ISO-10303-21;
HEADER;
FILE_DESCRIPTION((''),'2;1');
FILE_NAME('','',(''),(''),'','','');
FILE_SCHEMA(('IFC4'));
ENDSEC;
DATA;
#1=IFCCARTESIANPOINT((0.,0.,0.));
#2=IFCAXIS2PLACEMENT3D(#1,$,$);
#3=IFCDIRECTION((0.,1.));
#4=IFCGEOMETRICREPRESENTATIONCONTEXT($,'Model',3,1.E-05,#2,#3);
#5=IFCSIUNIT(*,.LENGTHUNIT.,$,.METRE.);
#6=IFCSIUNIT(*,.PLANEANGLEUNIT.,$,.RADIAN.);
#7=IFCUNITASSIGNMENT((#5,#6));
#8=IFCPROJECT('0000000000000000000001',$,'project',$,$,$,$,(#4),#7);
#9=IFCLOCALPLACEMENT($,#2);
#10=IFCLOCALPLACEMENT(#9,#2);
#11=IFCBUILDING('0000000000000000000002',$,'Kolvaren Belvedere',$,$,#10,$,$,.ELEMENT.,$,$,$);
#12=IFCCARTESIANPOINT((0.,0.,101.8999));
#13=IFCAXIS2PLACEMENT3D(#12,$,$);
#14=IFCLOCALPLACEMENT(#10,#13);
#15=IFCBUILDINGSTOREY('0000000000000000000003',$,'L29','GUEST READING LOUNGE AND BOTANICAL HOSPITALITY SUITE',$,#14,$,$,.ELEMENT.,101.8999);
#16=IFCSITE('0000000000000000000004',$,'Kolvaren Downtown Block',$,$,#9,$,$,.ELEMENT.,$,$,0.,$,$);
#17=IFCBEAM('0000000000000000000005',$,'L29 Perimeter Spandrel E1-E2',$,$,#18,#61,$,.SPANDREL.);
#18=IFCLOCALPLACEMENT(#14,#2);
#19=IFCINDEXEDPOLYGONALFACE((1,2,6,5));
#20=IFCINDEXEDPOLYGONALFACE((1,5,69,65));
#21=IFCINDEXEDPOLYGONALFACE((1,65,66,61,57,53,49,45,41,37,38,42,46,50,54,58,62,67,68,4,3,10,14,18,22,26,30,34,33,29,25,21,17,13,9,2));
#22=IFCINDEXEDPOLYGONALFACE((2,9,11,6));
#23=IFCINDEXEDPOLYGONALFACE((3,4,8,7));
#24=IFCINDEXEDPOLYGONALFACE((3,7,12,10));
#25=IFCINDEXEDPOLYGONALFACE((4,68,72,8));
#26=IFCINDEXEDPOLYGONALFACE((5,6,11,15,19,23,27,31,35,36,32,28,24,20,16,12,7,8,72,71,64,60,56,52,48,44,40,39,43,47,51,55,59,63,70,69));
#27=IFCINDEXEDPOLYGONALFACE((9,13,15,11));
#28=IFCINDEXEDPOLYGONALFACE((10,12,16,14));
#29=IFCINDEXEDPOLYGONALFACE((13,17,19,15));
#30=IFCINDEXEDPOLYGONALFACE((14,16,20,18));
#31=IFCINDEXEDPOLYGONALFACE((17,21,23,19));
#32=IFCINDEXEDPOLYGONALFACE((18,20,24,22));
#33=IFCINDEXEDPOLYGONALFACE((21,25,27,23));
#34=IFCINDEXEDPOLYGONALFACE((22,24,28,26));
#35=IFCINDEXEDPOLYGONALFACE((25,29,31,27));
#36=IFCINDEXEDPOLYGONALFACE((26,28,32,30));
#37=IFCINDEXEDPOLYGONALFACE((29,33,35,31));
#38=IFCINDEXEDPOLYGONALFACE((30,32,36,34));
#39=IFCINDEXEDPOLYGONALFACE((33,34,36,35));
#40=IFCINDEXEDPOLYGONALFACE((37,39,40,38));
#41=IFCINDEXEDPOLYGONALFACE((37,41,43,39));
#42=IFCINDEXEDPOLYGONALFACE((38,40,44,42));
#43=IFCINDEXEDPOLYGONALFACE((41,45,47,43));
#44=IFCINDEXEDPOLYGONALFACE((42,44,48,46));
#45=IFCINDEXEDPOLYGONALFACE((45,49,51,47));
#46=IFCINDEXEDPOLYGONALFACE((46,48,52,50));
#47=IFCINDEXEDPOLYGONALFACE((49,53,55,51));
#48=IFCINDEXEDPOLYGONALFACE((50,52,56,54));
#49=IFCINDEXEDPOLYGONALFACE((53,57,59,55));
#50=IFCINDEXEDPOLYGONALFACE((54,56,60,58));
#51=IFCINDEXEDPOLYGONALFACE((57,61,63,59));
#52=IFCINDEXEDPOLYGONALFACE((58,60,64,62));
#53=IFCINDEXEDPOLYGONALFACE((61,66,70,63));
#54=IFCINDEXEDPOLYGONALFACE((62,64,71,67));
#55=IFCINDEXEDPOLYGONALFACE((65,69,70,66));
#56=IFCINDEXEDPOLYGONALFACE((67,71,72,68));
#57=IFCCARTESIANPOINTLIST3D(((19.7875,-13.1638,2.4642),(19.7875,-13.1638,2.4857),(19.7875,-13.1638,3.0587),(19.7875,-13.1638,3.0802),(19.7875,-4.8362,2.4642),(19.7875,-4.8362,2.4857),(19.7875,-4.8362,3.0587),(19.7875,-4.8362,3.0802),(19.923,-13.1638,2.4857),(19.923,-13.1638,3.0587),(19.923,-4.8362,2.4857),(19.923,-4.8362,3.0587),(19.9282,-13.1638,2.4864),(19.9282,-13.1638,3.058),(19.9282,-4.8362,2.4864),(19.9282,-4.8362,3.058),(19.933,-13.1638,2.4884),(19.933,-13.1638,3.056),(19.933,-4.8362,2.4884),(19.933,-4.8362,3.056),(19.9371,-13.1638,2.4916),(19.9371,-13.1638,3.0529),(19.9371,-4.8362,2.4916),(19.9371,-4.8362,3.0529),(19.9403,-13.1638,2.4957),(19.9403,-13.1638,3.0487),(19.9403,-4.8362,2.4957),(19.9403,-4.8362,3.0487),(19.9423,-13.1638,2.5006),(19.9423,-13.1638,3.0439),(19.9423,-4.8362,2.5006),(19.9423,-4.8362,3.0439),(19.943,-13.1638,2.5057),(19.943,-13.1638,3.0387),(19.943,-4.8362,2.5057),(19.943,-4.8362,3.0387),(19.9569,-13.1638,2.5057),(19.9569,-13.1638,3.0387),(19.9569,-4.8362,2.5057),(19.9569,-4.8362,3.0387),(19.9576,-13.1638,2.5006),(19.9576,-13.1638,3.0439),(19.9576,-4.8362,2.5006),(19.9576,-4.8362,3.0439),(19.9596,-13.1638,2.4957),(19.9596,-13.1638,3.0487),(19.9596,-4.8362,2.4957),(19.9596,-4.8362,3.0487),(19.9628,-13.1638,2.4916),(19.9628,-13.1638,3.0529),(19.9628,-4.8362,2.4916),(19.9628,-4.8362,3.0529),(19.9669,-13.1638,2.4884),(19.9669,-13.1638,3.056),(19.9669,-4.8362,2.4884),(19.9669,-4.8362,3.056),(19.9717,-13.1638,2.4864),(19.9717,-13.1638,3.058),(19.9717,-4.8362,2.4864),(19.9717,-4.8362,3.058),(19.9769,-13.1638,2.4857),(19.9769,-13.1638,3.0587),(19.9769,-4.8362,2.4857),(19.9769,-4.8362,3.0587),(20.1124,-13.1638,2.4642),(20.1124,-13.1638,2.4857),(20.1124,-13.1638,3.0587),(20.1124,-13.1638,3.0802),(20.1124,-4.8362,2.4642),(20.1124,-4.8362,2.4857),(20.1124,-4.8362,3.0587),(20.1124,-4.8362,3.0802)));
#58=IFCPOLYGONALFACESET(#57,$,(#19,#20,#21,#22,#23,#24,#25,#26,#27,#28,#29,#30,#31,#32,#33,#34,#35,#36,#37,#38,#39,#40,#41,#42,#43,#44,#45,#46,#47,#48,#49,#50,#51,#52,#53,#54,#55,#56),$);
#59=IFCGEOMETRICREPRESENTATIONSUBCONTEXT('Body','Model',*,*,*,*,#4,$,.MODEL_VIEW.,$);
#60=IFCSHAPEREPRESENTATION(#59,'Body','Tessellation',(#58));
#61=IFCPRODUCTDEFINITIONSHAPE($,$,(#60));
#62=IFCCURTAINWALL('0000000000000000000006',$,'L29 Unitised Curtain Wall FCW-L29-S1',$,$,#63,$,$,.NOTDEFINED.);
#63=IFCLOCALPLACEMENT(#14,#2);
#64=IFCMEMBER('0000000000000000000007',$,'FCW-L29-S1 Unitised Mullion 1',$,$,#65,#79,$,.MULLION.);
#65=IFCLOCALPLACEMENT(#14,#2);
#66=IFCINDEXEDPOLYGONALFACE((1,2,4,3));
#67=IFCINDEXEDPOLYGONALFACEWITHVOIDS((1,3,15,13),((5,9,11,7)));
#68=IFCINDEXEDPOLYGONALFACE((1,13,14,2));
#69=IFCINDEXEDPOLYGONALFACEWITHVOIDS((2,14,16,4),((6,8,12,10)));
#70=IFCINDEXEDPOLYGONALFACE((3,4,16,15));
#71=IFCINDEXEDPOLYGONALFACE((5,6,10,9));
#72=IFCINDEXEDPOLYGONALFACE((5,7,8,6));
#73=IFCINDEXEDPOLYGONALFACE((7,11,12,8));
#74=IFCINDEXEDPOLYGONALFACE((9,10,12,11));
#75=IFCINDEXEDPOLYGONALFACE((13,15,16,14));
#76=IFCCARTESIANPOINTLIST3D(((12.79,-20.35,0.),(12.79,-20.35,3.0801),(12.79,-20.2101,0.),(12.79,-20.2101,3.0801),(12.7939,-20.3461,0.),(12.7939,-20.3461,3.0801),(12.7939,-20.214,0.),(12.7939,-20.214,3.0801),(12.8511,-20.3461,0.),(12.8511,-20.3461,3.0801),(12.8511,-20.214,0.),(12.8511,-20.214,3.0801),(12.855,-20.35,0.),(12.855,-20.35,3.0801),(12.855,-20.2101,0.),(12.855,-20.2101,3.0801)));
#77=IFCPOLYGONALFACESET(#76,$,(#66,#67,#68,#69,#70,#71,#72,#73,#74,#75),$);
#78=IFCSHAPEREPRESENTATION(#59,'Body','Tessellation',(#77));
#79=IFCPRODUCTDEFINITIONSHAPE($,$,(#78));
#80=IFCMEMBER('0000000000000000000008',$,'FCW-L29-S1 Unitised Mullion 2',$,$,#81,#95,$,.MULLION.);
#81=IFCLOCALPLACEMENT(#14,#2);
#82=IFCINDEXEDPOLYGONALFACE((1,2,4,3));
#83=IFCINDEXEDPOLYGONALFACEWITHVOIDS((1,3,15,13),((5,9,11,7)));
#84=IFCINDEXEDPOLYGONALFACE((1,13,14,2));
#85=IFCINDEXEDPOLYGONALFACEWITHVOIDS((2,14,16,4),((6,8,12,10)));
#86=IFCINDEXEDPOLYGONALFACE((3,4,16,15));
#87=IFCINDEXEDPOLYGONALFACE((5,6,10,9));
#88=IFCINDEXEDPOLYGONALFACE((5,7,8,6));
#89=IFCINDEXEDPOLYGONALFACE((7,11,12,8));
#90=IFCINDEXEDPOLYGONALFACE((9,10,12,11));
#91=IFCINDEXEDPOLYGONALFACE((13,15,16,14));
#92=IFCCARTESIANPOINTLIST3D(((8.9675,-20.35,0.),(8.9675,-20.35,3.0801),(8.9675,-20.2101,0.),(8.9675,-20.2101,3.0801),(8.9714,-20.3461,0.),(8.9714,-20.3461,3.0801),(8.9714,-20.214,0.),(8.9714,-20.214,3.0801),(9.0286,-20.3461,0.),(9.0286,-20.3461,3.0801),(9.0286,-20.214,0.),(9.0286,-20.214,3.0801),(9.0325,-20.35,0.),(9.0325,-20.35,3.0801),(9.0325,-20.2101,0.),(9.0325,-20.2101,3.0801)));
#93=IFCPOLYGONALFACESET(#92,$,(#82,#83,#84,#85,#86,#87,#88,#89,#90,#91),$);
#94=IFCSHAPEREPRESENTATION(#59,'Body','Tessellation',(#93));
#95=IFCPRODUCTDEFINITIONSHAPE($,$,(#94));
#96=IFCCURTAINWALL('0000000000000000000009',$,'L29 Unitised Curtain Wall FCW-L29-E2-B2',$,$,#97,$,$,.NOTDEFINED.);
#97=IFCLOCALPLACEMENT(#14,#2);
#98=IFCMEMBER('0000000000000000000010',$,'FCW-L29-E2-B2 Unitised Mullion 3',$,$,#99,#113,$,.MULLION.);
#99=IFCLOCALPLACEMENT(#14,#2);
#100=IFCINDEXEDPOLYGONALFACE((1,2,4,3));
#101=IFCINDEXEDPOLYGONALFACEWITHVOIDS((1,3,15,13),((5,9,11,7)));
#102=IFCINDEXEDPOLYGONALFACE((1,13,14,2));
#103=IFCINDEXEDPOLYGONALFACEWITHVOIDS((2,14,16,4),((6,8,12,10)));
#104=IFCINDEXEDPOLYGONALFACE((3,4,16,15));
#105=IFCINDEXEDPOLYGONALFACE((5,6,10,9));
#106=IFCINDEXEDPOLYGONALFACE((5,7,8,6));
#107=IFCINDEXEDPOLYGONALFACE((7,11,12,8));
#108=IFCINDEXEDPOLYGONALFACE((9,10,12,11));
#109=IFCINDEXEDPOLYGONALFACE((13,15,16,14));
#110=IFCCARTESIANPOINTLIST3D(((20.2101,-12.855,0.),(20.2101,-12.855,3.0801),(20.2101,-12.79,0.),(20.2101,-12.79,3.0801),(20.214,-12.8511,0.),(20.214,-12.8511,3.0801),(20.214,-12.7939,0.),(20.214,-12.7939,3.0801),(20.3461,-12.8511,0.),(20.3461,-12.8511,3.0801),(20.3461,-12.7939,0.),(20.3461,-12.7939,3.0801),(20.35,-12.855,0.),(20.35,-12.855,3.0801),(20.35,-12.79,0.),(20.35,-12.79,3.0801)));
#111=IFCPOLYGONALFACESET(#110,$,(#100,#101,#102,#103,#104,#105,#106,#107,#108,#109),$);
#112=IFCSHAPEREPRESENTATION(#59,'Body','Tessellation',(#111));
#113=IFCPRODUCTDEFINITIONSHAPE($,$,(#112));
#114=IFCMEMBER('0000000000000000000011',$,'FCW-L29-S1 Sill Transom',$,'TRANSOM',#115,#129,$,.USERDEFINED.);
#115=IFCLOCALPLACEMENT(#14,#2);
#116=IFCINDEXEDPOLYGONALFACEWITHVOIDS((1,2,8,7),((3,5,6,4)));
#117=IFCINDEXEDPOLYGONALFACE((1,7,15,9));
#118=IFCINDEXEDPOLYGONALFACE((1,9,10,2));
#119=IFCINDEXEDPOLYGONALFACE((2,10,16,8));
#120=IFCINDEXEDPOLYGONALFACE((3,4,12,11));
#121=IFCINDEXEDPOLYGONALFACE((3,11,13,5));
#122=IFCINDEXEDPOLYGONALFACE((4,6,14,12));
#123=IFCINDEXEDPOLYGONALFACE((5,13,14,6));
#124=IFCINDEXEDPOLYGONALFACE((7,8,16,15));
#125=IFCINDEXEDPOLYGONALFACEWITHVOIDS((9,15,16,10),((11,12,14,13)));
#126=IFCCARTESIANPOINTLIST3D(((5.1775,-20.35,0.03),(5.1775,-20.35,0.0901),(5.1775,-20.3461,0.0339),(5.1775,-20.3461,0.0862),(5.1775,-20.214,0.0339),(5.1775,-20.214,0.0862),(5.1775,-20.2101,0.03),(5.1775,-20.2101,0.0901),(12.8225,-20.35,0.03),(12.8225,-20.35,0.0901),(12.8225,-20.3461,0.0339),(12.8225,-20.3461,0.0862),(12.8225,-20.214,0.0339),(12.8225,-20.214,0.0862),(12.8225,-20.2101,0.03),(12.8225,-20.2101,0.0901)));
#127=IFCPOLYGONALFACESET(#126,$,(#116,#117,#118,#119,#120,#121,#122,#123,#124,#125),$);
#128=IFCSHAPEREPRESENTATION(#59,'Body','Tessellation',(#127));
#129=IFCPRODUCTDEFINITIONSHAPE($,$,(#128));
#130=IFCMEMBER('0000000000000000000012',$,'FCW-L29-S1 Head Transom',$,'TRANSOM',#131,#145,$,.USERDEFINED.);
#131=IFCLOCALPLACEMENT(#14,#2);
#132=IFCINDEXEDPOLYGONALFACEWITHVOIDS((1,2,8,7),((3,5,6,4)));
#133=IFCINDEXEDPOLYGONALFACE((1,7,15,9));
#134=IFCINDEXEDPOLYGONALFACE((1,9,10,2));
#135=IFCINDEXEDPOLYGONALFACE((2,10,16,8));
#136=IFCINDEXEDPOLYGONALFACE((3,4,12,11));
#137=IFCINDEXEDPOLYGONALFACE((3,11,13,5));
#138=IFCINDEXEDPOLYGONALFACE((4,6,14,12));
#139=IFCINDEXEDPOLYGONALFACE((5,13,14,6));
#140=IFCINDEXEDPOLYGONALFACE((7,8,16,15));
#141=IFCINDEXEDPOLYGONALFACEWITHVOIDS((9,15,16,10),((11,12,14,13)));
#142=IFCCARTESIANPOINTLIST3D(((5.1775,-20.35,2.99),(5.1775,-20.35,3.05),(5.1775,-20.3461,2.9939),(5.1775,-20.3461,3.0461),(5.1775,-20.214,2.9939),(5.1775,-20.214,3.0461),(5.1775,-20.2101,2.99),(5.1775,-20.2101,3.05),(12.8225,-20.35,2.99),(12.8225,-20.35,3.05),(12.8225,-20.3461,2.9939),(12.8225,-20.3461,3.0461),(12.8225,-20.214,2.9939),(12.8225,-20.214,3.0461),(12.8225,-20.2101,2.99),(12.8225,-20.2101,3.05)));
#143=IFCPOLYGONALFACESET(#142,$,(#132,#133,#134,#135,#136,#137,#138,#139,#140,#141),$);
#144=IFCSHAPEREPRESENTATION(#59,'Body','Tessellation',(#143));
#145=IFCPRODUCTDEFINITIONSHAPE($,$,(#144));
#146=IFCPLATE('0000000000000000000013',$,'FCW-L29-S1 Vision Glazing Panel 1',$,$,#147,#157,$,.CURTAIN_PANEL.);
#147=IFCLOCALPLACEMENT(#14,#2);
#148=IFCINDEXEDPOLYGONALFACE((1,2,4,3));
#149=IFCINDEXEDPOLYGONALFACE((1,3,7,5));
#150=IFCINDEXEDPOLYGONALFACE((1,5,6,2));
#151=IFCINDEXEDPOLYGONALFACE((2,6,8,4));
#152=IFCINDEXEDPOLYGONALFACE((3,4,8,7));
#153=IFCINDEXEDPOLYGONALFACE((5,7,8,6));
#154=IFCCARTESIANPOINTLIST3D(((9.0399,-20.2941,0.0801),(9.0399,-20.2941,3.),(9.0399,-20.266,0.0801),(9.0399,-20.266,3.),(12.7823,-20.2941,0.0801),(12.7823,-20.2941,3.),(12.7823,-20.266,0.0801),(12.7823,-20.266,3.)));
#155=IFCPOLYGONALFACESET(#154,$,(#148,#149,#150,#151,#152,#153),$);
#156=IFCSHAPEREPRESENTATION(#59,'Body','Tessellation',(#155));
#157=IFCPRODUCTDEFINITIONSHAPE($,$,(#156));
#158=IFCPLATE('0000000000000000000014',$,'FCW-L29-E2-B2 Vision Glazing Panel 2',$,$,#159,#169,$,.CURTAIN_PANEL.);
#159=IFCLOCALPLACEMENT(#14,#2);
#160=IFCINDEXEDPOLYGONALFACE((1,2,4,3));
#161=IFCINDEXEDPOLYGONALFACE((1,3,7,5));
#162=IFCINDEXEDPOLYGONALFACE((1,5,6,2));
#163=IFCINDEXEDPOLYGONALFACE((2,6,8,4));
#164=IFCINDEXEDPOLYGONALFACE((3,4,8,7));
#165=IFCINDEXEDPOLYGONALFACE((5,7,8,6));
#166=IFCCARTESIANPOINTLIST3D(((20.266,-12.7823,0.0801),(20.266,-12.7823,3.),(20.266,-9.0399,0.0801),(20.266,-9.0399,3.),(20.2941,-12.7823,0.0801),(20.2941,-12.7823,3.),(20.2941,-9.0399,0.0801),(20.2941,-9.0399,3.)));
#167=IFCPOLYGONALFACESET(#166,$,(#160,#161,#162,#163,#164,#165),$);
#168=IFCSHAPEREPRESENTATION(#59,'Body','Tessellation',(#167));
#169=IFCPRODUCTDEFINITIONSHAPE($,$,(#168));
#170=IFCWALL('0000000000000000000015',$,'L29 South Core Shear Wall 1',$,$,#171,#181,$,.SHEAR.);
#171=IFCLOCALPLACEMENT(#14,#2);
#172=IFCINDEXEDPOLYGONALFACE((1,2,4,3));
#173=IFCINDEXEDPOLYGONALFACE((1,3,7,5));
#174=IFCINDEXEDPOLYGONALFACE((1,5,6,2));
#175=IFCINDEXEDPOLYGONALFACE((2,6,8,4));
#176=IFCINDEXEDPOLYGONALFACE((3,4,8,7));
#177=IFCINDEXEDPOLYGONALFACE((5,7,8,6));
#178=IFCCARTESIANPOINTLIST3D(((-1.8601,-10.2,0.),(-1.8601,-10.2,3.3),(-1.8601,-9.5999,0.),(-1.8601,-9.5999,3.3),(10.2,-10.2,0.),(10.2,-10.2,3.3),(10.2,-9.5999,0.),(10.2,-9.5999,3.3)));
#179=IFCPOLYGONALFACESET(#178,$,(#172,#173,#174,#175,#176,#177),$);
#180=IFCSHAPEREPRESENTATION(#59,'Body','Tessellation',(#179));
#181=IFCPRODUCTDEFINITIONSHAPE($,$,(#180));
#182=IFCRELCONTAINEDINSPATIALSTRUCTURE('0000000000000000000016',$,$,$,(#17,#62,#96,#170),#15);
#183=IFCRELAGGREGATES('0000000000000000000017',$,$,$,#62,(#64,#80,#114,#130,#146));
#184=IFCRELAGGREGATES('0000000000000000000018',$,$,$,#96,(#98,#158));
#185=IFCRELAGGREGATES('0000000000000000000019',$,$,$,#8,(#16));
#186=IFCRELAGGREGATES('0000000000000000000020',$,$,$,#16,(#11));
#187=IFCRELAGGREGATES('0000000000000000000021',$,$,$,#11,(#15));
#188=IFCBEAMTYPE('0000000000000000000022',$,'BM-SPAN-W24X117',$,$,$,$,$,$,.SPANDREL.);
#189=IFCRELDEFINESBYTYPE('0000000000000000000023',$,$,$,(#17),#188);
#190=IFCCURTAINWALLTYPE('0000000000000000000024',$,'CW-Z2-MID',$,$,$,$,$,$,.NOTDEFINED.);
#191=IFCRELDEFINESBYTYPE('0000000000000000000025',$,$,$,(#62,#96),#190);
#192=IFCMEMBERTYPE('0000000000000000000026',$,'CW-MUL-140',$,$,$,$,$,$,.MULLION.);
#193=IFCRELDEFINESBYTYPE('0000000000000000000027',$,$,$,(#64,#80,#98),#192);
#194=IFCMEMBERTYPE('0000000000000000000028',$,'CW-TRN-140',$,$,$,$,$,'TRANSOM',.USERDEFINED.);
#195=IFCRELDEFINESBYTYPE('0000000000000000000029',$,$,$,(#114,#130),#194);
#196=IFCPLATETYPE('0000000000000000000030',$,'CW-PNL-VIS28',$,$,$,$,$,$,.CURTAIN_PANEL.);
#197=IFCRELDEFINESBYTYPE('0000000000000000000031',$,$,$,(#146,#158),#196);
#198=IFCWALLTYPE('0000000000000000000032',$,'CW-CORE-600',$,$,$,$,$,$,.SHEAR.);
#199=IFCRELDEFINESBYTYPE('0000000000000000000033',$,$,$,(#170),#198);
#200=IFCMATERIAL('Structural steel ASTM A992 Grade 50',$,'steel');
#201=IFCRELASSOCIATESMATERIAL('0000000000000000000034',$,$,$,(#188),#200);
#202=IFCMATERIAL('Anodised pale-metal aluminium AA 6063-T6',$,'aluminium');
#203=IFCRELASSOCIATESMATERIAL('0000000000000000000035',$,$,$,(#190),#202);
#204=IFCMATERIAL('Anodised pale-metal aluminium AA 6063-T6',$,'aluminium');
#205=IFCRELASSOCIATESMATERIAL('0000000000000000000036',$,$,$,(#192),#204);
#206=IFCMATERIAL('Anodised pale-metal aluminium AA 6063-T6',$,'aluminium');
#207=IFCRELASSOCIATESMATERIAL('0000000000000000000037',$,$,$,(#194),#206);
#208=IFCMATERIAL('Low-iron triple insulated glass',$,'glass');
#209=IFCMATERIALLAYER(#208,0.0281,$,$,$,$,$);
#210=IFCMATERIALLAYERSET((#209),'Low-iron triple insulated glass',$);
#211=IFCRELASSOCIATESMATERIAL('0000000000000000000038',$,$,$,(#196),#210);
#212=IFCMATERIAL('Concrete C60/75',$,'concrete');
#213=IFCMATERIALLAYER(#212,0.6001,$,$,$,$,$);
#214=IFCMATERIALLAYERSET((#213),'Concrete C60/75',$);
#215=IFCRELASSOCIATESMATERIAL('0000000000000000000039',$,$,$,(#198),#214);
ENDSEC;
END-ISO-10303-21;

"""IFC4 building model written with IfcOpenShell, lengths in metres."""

from ifc_helpers import new_model, si_unit, direction, frame, frame_2d, origin, origin_2d, place, context, subcontext, project, spatial, rectangle, hollow_rectangle, i_section, extrude, material, layer, layer_set, material_profile, profile_set, type_object, element, aggregate, save


model = new_model("IFC4")

# Units and contexts
model_context = context("Model", 3, precision=1e-05, world=origin(), true_north=direction((0.0, 1.0)))
body_context = subcontext(model_context, "Body", "Model", "MODEL_VIEW")
ifc_project = project(units=[si_unit("LENGTHUNIT", "METRE"), si_unit("PLANEANGLEUNIT", "RADIAN")], contexts=[model_context])

# Site, building, storey
site_placement = place(None, origin())
site = spatial("IfcSite", under=ifc_project, at=site_placement, Name="Kolvaren Downtown Block", CompositionType="ELEMENT", RefElevation=0.0)
building_placement = place(site_placement, origin())
building = spatial("IfcBuilding", under=site, at=building_placement, Name="Kolvaren Belvedere", CompositionType="ELEMENT")
storey_placement = place(building_placement, frame((0.0, 0.0, 101.8999)))
storey = spatial("IfcBuildingStorey", under=building, at=storey_placement, Name="L29", Description="GUEST READING LOUNGE AND BOTANICAL HOSPITALITY SUITE", CompositionType="ELEMENT", Elevation=101.8999)

# Beam
ifc_material_1 = material(Name="Structural steel ASTM A992 Grade 50", Category="steel")
ifc_material_profile_1 = material_profile(ifc_material_1, i_section(OverallWidth=0.325, OverallDepth=0.616, WebThickness=0.0139, FlangeThickness=0.0215, FilletRadius=0.02, at=origin_2d()), Name="W24X117")
ifc_profile_set_1 = profile_set([ifc_material_profile_1], Name="Structural steel ASTM A992 Grade 50")
beam_type_1 = type_object("IfcBeamType", Name="BM-SPAN-W24X117", PredefinedType="SPANDREL", material=ifc_profile_set_1)
beam_1_placement = place(storey_placement, frame((19.95, -13.1638, 2.7722), z_axis=(0.0, 1.0, 0.0), x_axis=(-1.0, 0.0, 0.0)))
element("IfcBeam", 1, at=beam_1_placement, inside=storey, type_object=beam_type_1, Name="L29 Perimeter Spandrel E1-E2", PredefinedType="SPANDREL", context=body_context, shape_type="SweptSolid", body=[
    extrude(i_section(OverallWidth=0.325, OverallDepth=0.616, WebThickness=0.0139, FlangeThickness=0.0215, FilletRadius=0.02, at=origin_2d()), origin(), (0.0, 0.0, 1.0), 8.3276),
])

# Curtain wall, members
ifc_material_2 = material(Name="Anodised pale-metal aluminium AA 6063-T6", Category="aluminium")
curtain_wall_type = type_object("IfcCurtainWallType", Name="CW-Z2-MID", PredefinedType="NOTDEFINED", material=ifc_material_2)
curtain_wall_1_placement = place(storey_placement, origin())
curtain_wall_1 = element("IfcCurtainWall", 2, at=curtain_wall_1_placement, inside=storey, type_object=curtain_wall_type, Name="L29 Unitised Curtain Wall FCW-L29-S1", PredefinedType="NOTDEFINED")
ifc_material_3 = material(Name="Anodised pale-metal aluminium AA 6063-T6", Category="aluminium")
ifc_material_profile_2 = material_profile(ifc_material_3, hollow_rectangle(XDim=0.0649, YDim=0.1399, WallThickness=0.0039, at=origin_2d()), Name="ALU-MUL-140X65")
ifc_profile_set_2 = profile_set([ifc_material_profile_2], Name="Anodised pale-metal aluminium AA 6063-T6")
member_type_1 = type_object("IfcMemberType", Name="CW-MUL-140", PredefinedType="MULLION", material=ifc_profile_set_2)
member_1_placement = place(storey_placement, frame((12.8225, -20.28, 0.0), z_axis=(0.0, 0.0, 1.0), x_axis=(1.0, 0.0, 0.0)))
member_1 = element("IfcMember", 3, at=member_1_placement, type_object=member_type_1, Name="FCW-L29-S1 Unitised Mullion 1", PredefinedType="MULLION", context=body_context, shape_type="SweptSolid", body=[
    extrude(hollow_rectangle(XDim=0.0649, YDim=0.1399, WallThickness=0.0039, at=origin_2d()), origin(), (0.0, 0.0, 1.0), 3.0801),
])
member_2_placement = place(storey_placement, frame((9.0, -20.28, 0.0), z_axis=(0.0, 0.0, 1.0), x_axis=(1.0, 0.0, 0.0)))
member_2 = element("IfcMember", 4, at=member_2_placement, type_object=member_type_1, Name="FCW-L29-S1 Unitised Mullion 2", PredefinedType="MULLION", context=body_context, shape_type="SweptSolid", body=[
    extrude(hollow_rectangle(XDim=0.0649, YDim=0.1399, WallThickness=0.0039, at=origin_2d()), origin(), (0.0, 0.0, 1.0), 3.0801),
])

# Curtain wall, member
curtain_wall_2_placement = place(storey_placement, origin())
curtain_wall_2 = element("IfcCurtainWall", 5, at=curtain_wall_2_placement, inside=storey, type_object=curtain_wall_type, Name="L29 Unitised Curtain Wall FCW-L29-E2-B2", PredefinedType="NOTDEFINED")
member_3_placement = place(storey_placement, frame((20.28, -12.8225, 0.0), z_axis=(0.0, 0.0, 1.0), x_axis=(0.0, 1.0, 0.0)))
member_3 = element("IfcMember", 6, at=member_3_placement, type_object=member_type_1, Name="FCW-L29-E2-B2 Unitised Mullion 3", PredefinedType="MULLION", context=body_context, shape_type="SweptSolid", body=[
    extrude(hollow_rectangle(XDim=0.0649, YDim=0.1399, WallThickness=0.0039, at=origin_2d()), origin(), (0.0, 0.0, 1.0), 3.0801),
])

# Members
ifc_material_4 = material(Name="Anodised pale-metal aluminium AA 6063-T6", Category="aluminium")
ifc_material_profile_3 = material_profile(ifc_material_4, hollow_rectangle(XDim=0.0601, YDim=0.1399, WallThickness=0.0039, at=origin_2d()), Name="ALU-TRN-140X60")
ifc_profile_set_3 = profile_set([ifc_material_profile_3], Name="Anodised pale-metal aluminium AA 6063-T6")
member_type_2 = type_object("IfcMemberType", Name="CW-TRN-140", ElementType="TRANSOM", PredefinedType="USERDEFINED", material=ifc_profile_set_3)
member_4_placement = place(storey_placement, frame((12.8225, -20.28, 0.0601), z_axis=(-1.0, 0.0, 0.0), x_axis=(0.0, 0.0, 1.0)))
member_4 = element("IfcMember", 7, at=member_4_placement, type_object=member_type_2, Name="FCW-L29-S1 Sill Transom", ObjectType="TRANSOM", PredefinedType="USERDEFINED", context=body_context, shape_type="SweptSolid", body=[
    extrude(hollow_rectangle(XDim=0.0601, YDim=0.1399, WallThickness=0.0039, at=origin_2d()), origin(), (0.0, 0.0, 1.0), 7.645),
])
member_5_placement = place(storey_placement, frame((12.8225, -20.28, 3.02), z_axis=(-1.0, 0.0, 0.0), x_axis=(0.0, 0.0, 1.0)))
member_5 = element("IfcMember", 8, at=member_5_placement, type_object=member_type_2, Name="FCW-L29-S1 Head Transom", ObjectType="TRANSOM", PredefinedType="USERDEFINED", context=body_context, shape_type="SweptSolid", body=[
    extrude(hollow_rectangle(XDim=0.0601, YDim=0.1399, WallThickness=0.0039, at=origin_2d()), origin(), (0.0, 0.0, 1.0), 7.645),
])

# Plates
ifc_material_5 = material(Name="Low-iron triple insulated glass", Category="glass")
ifc_layer_1 = layer(ifc_material_5, 0.0281)
ifc_layer_set_1 = layer_set([ifc_layer_1], Name="Low-iron triple insulated glass")
plate_type = type_object("IfcPlateType", Name="CW-PNL-VIS28", PredefinedType="CURTAIN_PANEL", material=ifc_layer_set_1)
plate_1_placement = place(storey_placement, frame((10.9111, -20.28, 0.0801), z_axis=(0.0, 0.0, 1.0), x_axis=(-1.0, 0.0, 0.0)))
plate_1 = element("IfcPlate", 9, at=plate_1_placement, type_object=plate_type, Name="FCW-L29-S1 Vision Glazing Panel 1", PredefinedType="CURTAIN_PANEL", context=body_context, shape_type="SweptSolid", body=[
    extrude(rectangle(XDim=3.7424, YDim=0.0281, at=origin_2d()), origin(), (0.0, 0.0, 1.0), 2.9199),
])
aggregate(curtain_wall_1, [member_1, member_2, member_4, member_5, plate_1])
plate_2_placement = place(storey_placement, frame((20.28, -10.9111, 0.0801), z_axis=(0.0, 0.0, 1.0), x_axis=(0.0, -1.0, 0.0)))
plate_2 = element("IfcPlate", 10, at=plate_2_placement, type_object=plate_type, Name="FCW-L29-E2-B2 Vision Glazing Panel 2", PredefinedType="CURTAIN_PANEL", context=body_context, shape_type="SweptSolid", body=[
    extrude(rectangle(XDim=3.7424, YDim=0.0281, at=origin_2d()), origin(), (0.0, 0.0, 1.0), 2.9199),
])
aggregate(curtain_wall_2, [member_3, plate_2])

# Wall
ifc_material_6 = material(Name="Concrete C60/75", Category="concrete")
ifc_layer_2 = layer(ifc_material_6, 0.6001)
ifc_layer_set_2 = layer_set([ifc_layer_2], Name="Concrete C60/75")
wall_type_1 = type_object("IfcWallType", Name="CW-CORE-600", PredefinedType="SHEAR", material=ifc_layer_set_2)
wall_1_placement = place(storey_placement, frame((10.2, -9.8999, 0.0), z_axis=(0.0, 0.0, 1.0), x_axis=(-1.0, 0.0, 0.0)))
element("IfcWall", 11, at=wall_1_placement, inside=storey, type_object=wall_type_1, Name="L29 South Core Shear Wall 1", PredefinedType="SHEAR", context=body_context, shape_type="SweptSolid", body=[
    extrude(rectangle(XDim=12.0601, YDim=0.6001, at=frame_2d((6.03, 0.0))), origin(), (0.0, 0.0, 1.0), 3.3),
])

save(model, "model.ifc")
